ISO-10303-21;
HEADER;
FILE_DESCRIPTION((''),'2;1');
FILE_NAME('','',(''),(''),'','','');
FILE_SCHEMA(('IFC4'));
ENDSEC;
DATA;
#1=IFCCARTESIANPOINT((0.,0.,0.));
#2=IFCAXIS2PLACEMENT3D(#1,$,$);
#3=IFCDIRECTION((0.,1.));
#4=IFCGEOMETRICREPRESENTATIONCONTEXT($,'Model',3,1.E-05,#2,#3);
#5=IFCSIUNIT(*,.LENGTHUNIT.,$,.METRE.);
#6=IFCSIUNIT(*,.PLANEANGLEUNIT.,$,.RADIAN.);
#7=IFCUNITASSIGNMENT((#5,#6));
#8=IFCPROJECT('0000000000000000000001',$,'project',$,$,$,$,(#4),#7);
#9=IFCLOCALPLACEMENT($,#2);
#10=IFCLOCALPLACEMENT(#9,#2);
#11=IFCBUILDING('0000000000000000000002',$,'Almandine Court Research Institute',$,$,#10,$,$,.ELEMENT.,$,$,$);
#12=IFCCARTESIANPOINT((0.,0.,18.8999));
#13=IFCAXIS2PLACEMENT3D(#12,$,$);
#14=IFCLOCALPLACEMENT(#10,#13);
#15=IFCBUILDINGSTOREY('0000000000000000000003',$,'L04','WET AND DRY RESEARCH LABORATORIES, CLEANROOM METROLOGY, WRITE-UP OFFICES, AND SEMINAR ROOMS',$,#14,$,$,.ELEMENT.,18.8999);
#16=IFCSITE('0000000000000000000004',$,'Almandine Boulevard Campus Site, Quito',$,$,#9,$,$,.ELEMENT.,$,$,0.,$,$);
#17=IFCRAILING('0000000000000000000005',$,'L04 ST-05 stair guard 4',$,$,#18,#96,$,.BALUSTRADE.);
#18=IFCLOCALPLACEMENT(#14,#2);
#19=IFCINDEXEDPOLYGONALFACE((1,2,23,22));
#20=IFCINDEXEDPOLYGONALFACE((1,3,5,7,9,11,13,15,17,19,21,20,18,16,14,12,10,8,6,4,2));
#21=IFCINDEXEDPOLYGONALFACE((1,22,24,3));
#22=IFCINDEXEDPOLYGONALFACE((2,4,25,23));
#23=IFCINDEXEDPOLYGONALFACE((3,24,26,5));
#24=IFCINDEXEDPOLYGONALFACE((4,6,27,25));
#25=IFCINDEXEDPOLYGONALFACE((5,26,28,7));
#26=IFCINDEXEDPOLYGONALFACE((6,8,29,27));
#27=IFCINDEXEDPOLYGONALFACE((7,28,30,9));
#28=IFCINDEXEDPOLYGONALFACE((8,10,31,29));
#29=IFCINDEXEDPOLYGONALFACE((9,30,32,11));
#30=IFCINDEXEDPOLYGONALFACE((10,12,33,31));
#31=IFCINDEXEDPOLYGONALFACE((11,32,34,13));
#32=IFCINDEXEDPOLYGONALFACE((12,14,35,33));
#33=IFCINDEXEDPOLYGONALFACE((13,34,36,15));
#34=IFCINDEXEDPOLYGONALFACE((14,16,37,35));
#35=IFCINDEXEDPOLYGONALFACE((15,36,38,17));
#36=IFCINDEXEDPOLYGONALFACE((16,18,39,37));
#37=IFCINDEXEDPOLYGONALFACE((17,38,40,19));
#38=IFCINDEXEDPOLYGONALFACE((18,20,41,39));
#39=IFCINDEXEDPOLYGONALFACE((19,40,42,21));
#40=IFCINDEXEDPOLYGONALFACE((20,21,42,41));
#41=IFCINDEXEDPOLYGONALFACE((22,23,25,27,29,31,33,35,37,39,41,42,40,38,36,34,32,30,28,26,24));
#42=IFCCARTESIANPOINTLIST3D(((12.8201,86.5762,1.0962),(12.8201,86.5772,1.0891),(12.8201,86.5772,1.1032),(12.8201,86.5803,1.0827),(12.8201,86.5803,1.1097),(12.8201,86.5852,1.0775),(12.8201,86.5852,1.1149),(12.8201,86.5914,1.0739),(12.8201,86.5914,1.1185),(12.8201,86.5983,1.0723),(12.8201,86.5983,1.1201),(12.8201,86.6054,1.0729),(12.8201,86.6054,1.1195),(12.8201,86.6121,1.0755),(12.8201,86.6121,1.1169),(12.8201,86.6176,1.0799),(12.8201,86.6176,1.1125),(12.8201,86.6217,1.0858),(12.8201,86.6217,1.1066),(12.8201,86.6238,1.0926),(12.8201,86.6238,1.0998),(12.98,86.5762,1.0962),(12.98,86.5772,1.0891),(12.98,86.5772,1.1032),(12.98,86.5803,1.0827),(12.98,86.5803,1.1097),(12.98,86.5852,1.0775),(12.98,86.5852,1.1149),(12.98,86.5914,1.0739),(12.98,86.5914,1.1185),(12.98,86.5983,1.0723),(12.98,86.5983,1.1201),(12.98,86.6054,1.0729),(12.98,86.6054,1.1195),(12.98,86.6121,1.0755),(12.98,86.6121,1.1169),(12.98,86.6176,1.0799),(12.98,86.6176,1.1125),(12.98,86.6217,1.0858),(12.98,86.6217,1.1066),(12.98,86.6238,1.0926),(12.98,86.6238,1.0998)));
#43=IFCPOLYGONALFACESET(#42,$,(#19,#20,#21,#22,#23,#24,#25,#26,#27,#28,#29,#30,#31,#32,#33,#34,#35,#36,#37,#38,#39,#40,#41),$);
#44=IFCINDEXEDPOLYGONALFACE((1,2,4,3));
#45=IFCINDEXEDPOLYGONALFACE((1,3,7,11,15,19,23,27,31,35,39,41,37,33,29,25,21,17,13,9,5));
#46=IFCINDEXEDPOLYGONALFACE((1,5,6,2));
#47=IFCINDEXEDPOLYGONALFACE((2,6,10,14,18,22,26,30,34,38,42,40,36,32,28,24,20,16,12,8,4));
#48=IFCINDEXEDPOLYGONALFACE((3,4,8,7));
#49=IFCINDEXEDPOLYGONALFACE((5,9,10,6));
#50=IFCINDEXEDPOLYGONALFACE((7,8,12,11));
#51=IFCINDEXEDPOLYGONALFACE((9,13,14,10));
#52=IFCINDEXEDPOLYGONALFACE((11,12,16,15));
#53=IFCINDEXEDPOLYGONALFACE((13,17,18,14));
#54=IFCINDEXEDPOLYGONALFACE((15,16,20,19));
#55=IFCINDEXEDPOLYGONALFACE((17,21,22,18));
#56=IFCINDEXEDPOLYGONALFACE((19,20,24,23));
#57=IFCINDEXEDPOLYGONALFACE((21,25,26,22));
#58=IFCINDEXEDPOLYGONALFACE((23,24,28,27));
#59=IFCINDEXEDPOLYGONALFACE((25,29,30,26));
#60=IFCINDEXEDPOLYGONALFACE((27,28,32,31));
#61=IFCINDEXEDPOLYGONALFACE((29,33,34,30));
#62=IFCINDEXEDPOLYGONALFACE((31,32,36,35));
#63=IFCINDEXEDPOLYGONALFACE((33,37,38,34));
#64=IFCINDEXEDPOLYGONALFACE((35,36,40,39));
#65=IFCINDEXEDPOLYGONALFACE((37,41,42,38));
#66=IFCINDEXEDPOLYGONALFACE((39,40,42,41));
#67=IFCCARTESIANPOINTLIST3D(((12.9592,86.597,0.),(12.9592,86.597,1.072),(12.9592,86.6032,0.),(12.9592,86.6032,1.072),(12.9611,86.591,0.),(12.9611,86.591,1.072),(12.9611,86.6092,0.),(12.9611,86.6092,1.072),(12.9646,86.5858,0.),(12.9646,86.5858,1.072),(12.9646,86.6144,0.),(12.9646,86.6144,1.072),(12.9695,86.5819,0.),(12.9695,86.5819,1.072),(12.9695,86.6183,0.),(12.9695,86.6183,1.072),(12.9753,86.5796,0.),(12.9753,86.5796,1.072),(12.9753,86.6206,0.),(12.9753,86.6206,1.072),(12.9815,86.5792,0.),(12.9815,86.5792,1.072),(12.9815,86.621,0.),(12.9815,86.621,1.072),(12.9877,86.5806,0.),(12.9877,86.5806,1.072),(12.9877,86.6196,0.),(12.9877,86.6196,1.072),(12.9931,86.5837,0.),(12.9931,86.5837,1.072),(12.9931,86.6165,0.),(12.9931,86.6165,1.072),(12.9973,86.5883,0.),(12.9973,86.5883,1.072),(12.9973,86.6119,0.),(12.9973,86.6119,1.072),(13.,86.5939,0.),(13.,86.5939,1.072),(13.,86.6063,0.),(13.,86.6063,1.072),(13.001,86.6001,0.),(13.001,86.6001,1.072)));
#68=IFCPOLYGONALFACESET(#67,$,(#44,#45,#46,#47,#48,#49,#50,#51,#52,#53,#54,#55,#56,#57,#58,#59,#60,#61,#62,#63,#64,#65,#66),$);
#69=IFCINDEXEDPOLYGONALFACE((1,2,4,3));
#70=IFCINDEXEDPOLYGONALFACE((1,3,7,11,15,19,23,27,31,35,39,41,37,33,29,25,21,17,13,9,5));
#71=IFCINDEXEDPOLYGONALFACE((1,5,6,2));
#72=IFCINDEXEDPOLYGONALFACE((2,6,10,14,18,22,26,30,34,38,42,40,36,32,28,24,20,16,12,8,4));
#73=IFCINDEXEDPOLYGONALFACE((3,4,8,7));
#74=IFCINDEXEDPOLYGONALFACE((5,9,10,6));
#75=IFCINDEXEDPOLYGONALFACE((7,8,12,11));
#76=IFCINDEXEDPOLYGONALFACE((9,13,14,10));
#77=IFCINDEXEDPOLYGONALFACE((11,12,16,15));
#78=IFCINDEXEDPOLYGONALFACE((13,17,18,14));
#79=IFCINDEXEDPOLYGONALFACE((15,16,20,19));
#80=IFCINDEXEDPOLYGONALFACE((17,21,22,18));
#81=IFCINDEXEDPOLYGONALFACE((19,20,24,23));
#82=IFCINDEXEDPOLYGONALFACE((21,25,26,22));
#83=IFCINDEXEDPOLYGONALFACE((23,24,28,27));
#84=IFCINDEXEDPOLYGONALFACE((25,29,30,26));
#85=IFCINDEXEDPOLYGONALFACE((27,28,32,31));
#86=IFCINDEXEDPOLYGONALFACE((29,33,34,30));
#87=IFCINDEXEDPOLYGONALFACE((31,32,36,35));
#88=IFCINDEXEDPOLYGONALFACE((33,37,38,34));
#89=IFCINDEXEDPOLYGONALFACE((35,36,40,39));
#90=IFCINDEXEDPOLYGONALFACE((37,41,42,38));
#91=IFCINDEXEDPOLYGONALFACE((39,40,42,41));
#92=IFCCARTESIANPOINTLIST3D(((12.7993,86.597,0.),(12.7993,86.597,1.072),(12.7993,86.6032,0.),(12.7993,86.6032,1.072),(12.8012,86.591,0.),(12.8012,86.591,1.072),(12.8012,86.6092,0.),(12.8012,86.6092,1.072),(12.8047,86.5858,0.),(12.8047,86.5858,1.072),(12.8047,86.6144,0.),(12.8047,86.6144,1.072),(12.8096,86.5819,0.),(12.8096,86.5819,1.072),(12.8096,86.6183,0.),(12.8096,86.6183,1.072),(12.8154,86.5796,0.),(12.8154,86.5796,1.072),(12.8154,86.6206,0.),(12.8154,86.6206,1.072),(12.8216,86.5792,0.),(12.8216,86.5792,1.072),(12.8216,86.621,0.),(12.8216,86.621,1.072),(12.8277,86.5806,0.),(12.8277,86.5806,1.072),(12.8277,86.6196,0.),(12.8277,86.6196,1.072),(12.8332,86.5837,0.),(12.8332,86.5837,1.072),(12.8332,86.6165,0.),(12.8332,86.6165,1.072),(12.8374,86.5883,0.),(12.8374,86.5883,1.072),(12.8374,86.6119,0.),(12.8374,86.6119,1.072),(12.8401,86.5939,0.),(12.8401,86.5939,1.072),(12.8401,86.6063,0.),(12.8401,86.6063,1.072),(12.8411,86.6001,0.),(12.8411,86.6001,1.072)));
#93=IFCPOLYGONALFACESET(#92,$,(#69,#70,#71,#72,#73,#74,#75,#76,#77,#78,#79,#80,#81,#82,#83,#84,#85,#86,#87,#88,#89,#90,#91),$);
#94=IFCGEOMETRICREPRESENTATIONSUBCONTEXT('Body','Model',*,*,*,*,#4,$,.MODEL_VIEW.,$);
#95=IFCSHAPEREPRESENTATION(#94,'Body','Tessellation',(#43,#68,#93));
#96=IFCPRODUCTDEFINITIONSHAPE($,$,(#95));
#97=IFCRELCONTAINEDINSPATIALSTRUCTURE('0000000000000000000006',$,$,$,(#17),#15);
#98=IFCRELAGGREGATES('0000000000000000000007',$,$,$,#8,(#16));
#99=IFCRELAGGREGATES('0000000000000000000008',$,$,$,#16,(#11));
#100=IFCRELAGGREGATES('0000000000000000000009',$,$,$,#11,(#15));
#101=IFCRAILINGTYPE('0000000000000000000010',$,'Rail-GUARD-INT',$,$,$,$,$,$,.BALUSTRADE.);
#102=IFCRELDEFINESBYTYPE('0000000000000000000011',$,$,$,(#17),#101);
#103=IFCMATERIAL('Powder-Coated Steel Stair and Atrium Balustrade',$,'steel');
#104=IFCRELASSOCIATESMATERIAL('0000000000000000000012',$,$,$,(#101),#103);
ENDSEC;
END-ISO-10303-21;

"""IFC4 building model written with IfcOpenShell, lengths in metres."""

from ifc_helpers import new_model, si_unit, direction, frame, origin, origin_2d, place, context, subcontext, project, spatial, circle, extrude, material, type_object, element, save


model = new_model("IFC4")

# Units and contexts
model_context = context("Model", 3, precision=1e-05, world=origin(), true_north=direction((0.0, 1.0)))
body_context = subcontext(model_context, "Body", "Model", "MODEL_VIEW")
ifc_project = project(units=[si_unit("LENGTHUNIT", "METRE"), si_unit("PLANEANGLEUNIT", "RADIAN")], contexts=[model_context])

# Site, building, storey
site_placement = place(None, origin())
site = spatial("IfcSite", under=ifc_project, at=site_placement, Name="Almandine Boulevard Campus Site, Quito", CompositionType="ELEMENT", RefElevation=0.0)
building_placement = place(site_placement, origin())
building = spatial("IfcBuilding", under=site, at=building_placement, Name="Almandine Court Research Institute", CompositionType="ELEMENT")
storey_placement = place(building_placement, frame((0.0, 0.0, 18.8999)))
storey = spatial("IfcBuildingStorey", under=building, at=storey_placement, Name="L04", Description="WET AND DRY RESEARCH LABORATORIES, CLEANROOM METROLOGY, WRITE-UP OFFICES, AND SEMINAR ROOMS", CompositionType="ELEMENT", Elevation=18.8999)

# Railing
ifc_material_1 = material(Name="Powder-Coated Steel Stair and Atrium Balustrade", Category="steel")
railing_type_1 = type_object("IfcRailingType", Name="Rail-GUARD-INT", PredefinedType="BALUSTRADE", material=ifc_material_1)
railing_1_placement = place(storey_placement, frame((12.98, 86.6001, 0.0)))
element("IfcRailing", 1, at=railing_1_placement, inside=storey, type_object=railing_type_1, Name="L04 ST-05 stair guard 4", PredefinedType="BALUSTRADE", context=body_context, shape_type="SweptSolid", body=[
    extrude(circle(Radius=0.0239, at=origin_2d()), frame((0.0, 0.0, 1.0962), z_axis=(-1.0, 0.0, 0.0), x_axis=(0.0, -1.0, 0.0)), (0.0, 0.0, 1.0), 0.1599),
    extrude(circle(Radius=0.021, at=origin_2d()), origin(), (0.0, 0.0, 1.0), 1.072),
    extrude(circle(Radius=0.021, at=origin_2d()), frame((-0.1599, 0.0, 0.0)), (0.0, 0.0, 1.0), 1.072),
])

save(model, "model.ifc")
